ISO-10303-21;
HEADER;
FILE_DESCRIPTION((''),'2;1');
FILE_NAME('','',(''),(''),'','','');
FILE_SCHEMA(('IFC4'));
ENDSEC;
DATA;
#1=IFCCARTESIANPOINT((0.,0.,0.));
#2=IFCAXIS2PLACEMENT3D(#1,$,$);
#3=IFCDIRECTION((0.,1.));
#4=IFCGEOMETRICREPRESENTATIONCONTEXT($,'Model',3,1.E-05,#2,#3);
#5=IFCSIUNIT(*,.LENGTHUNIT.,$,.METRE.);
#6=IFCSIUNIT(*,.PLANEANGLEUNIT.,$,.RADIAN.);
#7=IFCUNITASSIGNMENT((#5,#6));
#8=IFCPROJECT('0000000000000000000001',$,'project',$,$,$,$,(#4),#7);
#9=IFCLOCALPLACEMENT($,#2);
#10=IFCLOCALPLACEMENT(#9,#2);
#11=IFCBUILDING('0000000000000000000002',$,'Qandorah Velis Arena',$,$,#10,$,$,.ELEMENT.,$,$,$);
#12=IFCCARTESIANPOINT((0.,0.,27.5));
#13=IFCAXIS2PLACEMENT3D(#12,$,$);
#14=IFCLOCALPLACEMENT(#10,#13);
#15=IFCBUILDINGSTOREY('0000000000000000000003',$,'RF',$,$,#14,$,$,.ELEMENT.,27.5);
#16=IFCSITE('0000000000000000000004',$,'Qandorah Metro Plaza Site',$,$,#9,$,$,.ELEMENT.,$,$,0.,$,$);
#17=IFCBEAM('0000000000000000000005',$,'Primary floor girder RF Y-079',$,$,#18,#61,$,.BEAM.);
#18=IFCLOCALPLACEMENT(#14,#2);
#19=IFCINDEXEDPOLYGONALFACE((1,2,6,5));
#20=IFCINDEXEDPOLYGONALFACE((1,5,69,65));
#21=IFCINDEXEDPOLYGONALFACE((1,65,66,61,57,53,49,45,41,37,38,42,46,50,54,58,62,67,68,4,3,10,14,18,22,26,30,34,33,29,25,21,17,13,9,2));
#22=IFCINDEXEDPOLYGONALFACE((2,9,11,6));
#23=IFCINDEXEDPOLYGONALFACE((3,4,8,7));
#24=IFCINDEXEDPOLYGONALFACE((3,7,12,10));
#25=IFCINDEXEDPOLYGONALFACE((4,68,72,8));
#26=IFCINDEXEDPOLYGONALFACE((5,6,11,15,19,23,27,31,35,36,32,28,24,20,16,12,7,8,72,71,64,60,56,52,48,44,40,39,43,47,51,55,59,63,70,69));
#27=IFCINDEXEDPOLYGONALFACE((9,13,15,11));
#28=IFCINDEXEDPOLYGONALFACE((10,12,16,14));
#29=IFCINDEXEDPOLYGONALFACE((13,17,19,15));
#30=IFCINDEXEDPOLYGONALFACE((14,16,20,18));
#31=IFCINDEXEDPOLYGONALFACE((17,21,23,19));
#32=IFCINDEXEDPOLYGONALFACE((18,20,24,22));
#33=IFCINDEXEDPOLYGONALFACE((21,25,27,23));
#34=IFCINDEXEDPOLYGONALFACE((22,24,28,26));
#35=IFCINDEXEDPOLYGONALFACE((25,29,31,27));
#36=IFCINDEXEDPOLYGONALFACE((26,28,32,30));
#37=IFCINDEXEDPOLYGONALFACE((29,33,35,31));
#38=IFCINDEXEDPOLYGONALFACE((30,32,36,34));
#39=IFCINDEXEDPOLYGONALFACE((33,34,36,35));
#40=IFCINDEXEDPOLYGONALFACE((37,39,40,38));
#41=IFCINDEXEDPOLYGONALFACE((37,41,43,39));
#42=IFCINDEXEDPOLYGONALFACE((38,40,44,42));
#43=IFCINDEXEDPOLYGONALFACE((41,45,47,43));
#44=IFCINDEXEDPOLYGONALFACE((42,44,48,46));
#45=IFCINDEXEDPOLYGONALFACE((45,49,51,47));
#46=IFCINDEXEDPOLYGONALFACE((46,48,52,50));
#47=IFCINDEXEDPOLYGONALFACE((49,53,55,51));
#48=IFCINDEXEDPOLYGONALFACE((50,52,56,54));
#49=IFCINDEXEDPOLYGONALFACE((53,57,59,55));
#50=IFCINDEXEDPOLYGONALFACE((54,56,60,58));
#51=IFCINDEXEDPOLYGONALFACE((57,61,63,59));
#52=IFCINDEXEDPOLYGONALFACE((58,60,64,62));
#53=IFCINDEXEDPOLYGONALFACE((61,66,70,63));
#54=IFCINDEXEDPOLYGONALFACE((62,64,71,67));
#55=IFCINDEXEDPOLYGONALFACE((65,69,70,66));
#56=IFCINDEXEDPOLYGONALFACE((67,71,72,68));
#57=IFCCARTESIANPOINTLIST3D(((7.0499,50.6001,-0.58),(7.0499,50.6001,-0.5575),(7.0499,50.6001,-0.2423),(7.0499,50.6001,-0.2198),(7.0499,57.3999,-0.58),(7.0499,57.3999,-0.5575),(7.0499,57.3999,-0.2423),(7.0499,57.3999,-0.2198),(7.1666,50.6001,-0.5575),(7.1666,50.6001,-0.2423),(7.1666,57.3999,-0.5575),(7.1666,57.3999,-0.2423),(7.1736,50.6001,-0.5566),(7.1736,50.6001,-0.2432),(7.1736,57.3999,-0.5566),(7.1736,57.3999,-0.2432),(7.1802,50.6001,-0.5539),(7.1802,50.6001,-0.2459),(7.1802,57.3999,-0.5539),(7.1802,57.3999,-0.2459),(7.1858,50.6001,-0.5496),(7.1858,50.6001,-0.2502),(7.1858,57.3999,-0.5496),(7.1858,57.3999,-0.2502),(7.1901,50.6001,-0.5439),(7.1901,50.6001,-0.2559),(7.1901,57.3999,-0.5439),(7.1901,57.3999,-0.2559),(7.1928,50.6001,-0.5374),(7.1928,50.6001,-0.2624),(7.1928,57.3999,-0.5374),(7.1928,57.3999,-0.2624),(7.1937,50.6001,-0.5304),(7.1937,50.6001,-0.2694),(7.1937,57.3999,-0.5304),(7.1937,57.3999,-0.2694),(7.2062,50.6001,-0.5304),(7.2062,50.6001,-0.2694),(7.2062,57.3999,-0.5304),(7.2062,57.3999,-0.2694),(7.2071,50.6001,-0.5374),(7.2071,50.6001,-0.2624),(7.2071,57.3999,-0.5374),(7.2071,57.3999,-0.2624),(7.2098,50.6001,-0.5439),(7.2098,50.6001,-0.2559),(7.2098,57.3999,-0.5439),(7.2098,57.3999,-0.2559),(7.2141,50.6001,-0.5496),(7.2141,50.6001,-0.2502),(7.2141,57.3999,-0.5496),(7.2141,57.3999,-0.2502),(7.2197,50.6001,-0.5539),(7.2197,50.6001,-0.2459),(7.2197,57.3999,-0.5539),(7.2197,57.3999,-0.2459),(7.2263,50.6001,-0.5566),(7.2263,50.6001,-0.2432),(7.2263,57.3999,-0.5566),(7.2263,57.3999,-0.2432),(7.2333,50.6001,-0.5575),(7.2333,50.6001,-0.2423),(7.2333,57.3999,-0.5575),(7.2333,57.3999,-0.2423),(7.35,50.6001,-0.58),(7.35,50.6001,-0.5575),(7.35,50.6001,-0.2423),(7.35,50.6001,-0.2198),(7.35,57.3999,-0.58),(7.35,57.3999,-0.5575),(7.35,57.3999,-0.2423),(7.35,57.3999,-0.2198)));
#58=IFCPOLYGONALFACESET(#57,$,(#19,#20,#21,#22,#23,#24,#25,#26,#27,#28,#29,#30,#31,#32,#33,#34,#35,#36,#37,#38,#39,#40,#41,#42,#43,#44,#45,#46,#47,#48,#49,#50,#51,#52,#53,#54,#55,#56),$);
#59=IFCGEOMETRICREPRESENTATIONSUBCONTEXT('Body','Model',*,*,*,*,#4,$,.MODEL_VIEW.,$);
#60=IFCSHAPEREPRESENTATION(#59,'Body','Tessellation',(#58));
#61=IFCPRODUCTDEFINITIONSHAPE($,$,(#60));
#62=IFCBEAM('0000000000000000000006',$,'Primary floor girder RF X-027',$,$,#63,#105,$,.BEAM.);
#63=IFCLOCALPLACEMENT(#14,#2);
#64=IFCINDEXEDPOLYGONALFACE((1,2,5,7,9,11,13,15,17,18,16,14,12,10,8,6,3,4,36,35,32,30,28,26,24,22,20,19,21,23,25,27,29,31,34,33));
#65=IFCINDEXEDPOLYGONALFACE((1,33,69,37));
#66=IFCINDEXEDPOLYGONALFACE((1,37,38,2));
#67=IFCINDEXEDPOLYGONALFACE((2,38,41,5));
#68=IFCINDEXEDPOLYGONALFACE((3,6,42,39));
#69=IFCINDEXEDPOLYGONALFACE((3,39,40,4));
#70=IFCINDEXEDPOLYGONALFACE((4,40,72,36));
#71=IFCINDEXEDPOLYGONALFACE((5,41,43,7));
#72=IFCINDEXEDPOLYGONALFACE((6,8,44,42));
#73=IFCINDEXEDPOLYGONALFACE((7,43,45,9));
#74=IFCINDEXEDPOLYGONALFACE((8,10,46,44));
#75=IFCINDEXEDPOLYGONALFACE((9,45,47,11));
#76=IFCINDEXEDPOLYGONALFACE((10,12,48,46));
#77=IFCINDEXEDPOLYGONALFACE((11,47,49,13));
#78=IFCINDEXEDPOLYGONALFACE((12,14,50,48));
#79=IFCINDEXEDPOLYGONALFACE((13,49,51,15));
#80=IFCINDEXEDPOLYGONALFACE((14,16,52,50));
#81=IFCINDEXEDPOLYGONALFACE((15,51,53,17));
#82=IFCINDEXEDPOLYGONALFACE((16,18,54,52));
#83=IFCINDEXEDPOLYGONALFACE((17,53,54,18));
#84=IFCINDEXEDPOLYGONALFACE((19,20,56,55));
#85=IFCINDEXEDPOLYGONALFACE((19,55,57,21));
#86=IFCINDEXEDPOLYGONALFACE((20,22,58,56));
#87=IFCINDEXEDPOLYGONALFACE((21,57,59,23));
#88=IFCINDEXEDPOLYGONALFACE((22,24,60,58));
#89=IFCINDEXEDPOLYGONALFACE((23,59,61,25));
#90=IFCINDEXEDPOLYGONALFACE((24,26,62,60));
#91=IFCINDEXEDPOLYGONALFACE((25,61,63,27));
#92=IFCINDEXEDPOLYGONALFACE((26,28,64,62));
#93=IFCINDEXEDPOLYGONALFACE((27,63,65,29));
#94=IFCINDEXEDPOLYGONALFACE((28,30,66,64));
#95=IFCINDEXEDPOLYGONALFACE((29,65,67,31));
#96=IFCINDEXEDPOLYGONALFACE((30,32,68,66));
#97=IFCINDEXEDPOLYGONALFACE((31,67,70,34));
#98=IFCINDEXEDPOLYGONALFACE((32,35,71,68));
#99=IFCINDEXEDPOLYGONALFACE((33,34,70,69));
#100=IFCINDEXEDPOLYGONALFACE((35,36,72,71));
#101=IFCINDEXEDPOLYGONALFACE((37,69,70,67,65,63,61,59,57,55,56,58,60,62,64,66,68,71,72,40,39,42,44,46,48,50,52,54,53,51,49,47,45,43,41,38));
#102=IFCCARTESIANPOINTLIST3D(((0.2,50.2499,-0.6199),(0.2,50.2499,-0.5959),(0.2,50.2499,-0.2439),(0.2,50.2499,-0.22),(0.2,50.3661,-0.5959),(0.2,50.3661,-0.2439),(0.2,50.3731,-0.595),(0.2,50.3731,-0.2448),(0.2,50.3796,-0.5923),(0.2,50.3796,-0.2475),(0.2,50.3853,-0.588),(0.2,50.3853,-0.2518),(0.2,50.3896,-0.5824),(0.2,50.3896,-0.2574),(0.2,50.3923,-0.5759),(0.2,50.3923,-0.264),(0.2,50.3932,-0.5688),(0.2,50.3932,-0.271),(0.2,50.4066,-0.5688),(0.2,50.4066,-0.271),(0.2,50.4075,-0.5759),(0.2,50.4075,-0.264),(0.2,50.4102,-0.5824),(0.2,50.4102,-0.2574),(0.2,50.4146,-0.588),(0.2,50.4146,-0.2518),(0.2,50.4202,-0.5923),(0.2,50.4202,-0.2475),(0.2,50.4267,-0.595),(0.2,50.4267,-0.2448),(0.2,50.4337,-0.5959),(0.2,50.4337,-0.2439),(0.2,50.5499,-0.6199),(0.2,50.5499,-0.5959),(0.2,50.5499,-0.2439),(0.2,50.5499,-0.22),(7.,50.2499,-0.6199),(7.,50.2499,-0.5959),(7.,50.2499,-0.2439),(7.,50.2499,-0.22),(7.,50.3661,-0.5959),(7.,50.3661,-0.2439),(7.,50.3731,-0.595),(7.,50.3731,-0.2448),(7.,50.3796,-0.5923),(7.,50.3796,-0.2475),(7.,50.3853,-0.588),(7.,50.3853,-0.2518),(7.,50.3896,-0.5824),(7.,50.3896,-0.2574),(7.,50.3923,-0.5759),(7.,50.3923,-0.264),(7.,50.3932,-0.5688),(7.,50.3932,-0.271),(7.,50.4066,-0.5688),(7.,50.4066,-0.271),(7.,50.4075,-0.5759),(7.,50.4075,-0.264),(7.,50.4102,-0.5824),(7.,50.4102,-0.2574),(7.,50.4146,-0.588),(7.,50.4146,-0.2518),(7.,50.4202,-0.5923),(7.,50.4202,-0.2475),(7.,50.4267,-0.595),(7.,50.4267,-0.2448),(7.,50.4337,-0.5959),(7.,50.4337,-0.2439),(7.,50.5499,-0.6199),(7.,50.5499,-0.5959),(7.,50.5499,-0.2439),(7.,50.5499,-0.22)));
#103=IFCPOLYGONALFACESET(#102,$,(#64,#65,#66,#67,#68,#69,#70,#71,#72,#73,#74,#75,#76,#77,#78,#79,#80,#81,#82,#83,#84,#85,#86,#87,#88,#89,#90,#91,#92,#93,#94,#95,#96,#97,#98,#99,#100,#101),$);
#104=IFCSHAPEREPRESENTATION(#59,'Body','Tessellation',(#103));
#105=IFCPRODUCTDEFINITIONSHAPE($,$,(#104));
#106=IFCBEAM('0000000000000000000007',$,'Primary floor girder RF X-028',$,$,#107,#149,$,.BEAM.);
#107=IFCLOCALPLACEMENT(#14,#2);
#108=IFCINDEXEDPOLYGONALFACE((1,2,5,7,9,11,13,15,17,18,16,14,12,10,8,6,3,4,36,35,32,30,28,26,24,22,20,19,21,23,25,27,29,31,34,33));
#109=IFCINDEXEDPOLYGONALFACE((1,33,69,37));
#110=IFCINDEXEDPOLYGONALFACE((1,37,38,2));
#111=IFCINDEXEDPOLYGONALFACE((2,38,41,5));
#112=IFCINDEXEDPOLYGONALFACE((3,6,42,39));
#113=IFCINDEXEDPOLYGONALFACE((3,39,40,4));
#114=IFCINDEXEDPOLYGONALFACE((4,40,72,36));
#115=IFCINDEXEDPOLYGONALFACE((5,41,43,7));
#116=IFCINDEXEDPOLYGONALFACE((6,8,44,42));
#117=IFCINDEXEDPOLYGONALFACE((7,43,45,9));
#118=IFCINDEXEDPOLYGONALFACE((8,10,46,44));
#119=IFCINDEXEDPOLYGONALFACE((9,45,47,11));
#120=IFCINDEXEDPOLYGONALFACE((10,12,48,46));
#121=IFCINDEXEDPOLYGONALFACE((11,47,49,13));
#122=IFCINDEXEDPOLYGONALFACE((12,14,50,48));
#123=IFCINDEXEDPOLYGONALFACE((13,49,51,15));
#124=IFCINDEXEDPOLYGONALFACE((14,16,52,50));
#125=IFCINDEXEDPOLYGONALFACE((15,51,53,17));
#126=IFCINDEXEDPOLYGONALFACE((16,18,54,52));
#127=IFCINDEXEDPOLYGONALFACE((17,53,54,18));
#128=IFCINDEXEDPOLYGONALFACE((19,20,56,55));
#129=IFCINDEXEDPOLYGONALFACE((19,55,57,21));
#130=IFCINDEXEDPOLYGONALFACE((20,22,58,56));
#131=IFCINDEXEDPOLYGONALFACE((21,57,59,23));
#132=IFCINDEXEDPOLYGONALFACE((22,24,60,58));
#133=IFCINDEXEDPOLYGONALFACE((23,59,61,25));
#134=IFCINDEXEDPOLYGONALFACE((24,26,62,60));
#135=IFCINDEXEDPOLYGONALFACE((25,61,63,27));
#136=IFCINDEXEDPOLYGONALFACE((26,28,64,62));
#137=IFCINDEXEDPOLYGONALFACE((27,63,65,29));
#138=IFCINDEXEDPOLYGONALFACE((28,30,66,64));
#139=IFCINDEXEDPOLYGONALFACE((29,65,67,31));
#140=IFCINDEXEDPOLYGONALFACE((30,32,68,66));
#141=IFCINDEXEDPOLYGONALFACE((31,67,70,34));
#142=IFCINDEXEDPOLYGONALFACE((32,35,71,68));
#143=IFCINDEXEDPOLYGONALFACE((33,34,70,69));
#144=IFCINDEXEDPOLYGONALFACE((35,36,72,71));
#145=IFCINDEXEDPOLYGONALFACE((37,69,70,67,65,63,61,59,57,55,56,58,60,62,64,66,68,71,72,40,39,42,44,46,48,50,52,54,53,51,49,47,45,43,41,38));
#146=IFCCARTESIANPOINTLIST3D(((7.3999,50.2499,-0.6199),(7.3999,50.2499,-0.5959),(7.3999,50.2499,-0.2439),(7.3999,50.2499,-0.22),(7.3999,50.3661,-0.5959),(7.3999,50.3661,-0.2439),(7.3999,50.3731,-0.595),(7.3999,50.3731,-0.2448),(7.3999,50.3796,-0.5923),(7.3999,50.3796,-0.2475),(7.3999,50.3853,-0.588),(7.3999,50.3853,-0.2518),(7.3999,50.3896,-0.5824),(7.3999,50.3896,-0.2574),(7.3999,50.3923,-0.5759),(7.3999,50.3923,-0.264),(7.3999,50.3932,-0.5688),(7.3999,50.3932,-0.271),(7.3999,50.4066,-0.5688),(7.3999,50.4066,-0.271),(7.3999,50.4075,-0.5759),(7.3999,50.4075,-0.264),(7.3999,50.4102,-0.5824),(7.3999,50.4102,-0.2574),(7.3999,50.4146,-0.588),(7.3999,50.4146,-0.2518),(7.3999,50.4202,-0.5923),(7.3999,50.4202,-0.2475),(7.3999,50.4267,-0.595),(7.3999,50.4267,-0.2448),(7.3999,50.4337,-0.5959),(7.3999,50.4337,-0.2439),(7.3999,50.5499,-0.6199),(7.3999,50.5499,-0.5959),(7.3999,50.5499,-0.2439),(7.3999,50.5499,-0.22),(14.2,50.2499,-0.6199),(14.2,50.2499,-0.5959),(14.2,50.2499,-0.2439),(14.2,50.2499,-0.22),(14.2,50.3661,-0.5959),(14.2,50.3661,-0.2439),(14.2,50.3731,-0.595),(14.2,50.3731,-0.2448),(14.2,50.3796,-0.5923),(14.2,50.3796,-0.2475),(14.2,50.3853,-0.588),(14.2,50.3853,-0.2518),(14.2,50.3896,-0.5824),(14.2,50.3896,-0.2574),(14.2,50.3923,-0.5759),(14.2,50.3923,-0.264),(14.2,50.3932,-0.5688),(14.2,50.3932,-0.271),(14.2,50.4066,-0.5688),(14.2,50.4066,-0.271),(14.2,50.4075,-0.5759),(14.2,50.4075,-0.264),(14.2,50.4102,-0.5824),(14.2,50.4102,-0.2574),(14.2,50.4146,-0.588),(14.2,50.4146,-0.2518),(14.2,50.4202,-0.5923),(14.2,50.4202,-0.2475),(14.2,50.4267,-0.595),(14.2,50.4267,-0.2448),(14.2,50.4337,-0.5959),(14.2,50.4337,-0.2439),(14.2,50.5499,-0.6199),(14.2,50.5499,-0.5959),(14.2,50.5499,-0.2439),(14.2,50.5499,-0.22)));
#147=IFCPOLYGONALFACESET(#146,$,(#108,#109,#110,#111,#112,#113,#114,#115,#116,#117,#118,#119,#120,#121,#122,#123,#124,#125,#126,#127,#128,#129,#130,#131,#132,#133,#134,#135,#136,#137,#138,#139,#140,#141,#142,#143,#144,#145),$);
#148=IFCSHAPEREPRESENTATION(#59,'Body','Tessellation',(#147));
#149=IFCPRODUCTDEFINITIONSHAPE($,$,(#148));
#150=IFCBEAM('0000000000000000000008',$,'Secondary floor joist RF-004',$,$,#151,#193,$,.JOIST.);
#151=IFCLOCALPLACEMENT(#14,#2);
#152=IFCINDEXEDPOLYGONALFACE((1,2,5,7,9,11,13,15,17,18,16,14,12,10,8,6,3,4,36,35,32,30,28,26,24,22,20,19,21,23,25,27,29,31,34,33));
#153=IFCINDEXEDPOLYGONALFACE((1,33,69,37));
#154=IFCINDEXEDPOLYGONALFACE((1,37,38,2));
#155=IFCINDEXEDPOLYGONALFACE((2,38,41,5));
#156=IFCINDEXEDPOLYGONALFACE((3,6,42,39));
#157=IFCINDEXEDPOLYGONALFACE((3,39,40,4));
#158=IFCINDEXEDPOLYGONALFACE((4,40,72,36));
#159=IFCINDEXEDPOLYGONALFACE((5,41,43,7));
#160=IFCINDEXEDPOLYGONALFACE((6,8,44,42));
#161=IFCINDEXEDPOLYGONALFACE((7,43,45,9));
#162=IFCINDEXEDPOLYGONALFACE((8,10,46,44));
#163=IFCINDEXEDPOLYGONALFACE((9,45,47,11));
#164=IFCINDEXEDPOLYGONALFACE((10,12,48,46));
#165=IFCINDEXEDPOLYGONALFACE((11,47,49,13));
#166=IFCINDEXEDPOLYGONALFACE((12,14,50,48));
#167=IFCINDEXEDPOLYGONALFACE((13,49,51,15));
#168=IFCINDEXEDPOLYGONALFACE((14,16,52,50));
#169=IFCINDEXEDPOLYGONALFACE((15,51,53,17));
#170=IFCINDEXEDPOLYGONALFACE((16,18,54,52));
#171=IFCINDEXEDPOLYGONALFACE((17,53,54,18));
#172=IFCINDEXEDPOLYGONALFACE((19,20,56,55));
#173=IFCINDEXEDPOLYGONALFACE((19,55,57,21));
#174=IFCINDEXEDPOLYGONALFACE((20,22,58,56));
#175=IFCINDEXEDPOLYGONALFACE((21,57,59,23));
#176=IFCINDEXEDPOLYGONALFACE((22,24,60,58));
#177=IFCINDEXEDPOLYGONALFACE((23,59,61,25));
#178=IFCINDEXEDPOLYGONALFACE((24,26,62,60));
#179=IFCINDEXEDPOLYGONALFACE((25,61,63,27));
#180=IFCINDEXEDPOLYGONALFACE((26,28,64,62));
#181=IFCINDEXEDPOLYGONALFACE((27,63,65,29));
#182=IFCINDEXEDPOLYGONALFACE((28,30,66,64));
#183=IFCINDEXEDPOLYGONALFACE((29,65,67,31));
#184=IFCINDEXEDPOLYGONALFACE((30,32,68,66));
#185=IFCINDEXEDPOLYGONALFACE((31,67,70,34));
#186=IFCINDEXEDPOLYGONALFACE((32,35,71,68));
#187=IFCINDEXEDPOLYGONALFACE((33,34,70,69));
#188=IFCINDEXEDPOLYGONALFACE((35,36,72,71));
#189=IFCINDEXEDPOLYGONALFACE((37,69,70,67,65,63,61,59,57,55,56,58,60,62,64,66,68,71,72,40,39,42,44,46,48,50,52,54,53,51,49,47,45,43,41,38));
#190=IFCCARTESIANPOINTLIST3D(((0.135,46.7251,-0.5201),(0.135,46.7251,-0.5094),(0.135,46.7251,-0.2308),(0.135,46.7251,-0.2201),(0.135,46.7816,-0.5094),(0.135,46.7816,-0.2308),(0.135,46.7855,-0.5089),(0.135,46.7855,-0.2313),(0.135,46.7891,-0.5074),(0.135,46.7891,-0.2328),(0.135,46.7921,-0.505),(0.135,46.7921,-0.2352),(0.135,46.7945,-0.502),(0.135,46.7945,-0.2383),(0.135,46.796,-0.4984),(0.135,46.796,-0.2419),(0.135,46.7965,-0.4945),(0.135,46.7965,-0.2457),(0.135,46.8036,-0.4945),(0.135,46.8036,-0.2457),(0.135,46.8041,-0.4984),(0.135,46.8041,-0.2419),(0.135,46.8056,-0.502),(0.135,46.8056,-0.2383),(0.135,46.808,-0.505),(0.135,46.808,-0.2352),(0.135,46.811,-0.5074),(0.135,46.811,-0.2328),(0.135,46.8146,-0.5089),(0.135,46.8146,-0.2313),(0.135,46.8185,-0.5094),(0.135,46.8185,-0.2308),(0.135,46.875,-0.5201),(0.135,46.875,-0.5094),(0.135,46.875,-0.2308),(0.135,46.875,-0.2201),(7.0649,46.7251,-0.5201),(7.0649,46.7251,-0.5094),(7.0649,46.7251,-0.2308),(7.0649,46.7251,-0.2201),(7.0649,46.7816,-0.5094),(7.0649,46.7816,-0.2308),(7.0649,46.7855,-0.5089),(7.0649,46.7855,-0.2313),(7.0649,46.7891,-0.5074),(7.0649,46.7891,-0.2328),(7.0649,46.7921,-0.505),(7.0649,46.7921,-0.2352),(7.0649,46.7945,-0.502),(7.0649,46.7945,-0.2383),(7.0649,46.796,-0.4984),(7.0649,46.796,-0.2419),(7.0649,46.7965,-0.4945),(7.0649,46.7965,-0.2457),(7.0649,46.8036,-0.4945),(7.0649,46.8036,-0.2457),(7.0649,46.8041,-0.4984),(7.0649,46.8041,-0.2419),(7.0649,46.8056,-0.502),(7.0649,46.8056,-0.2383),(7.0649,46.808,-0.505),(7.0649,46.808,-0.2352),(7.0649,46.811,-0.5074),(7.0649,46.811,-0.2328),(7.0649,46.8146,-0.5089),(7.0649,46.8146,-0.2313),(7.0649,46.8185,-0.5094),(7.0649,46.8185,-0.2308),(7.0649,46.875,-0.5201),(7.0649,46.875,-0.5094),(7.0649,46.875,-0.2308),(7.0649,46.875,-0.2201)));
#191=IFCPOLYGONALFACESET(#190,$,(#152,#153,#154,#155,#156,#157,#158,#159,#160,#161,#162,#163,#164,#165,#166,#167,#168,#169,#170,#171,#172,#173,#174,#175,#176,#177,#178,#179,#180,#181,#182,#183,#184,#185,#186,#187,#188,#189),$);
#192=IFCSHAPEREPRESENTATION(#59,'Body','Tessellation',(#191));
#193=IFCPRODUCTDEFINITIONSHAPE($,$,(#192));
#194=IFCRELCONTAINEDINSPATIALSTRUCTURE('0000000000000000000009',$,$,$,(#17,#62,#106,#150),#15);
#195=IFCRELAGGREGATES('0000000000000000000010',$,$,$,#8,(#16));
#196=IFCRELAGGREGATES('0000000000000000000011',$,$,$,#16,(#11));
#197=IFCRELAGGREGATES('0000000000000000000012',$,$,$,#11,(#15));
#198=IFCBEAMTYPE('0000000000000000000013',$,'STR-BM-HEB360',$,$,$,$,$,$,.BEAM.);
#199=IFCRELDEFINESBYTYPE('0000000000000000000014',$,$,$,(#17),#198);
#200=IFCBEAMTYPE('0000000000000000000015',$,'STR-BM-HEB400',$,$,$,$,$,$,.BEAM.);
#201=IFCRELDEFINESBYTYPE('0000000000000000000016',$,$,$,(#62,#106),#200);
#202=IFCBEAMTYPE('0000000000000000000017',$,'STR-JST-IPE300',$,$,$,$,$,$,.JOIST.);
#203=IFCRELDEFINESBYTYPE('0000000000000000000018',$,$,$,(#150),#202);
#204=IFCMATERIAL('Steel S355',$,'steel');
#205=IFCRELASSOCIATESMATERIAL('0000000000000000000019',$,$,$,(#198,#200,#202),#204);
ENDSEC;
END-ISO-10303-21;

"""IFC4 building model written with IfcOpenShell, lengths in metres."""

from ifc_helpers import new_model, si_unit, direction, frame, origin, origin_2d, place, context, subcontext, project, spatial, i_section, extrude, material, material_profile, profile_set, type_object, element, save


model = new_model("IFC4")

# Units and contexts
model_context = context("Model", 3, precision=1e-05, world=origin(), true_north=direction((0.0, 1.0)))
body_context = subcontext(model_context, "Body", "Model", "MODEL_VIEW")
ifc_project = project(units=[si_unit("LENGTHUNIT", "METRE"), si_unit("PLANEANGLEUNIT", "RADIAN")], contexts=[model_context])

# Site, building, storey
site_placement = place(None, origin())
site = spatial("IfcSite", under=ifc_project, at=site_placement, Name="Qandorah Metro Plaza Site", CompositionType="ELEMENT", RefElevation=0.0)
building_placement = place(site_placement, origin())
building = spatial("IfcBuilding", under=site, at=building_placement, Name="Qandorah Velis Arena", CompositionType="ELEMENT")
storey_placement = place(building_placement, frame((0.0, 0.0, 27.5)))
storey = spatial("IfcBuildingStorey", under=building, at=storey_placement, Name="RF", CompositionType="ELEMENT", Elevation=27.5)

# Beams
ifc_material_1 = material(Name="Steel S355", Category="steel")
ifc_material_profile_1 = material_profile(ifc_material_1, i_section(OverallWidth=0.3, OverallDepth=0.3601, WebThickness=0.0125, FlangeThickness=0.0225, FilletRadius=0.0271, at=origin_2d()), Name="HEB 360")
ifc_profile_set_1 = profile_set([ifc_material_profile_1], Name="Steel S355")
beam_type_1 = type_object("IfcBeamType", Name="STR-BM-HEB360", PredefinedType="BEAM", material=ifc_profile_set_1)
for number, where, z_axis, x_axis, name in (
    (1, (7.2, 50.6001, -0.3999), (0.0, 1.0, 0.0), (-1.0, 0.0, 0.0), "Primary floor girder RF Y-079"),
):
    element("IfcBeam", number, at=place(storey_placement, frame(where, z_axis=z_axis, x_axis=x_axis)), inside=storey, type_object=beam_type_1, Name=name, PredefinedType="BEAM", context=body_context, shape_type="SweptSolid", body=[
        extrude(i_section(OverallWidth=0.3, OverallDepth=0.3601, WebThickness=0.0125, FlangeThickness=0.0225, FilletRadius=0.0271, at=origin_2d()), origin(), (0.0, 0.0, 1.0), 6.7998),
    ])
ifc_material_profile_2 = material_profile(ifc_material_1, i_section(OverallWidth=0.3, OverallDepth=0.3999, WebThickness=0.0134, FlangeThickness=0.0239, FilletRadius=0.0271, at=origin_2d()), Name="HEB 400")
ifc_profile_set_2 = profile_set([ifc_material_profile_2], Name="Steel S355")
beam_type_2 = type_object("IfcBeamType", Name="STR-BM-HEB400", PredefinedType="BEAM", material=ifc_profile_set_2)
for number, where, z_axis, x_axis, name in (
    (2, (0.2, 50.3999, -0.4199), (1.0, 0.0, 0.0), (0.0, 1.0, 0.0), "Primary floor girder RF X-027"),
    (3, (7.3999, 50.3999, -0.4199), (1.0, 0.0, 0.0), (0.0, 1.0, 0.0), "Primary floor girder RF X-028"),
):
    element("IfcBeam", number, at=place(storey_placement, frame(where, z_axis=z_axis, x_axis=x_axis)), inside=storey, type_object=beam_type_2, Name=name, PredefinedType="BEAM", context=body_context, shape_type="SweptSolid", body=[
        extrude(i_section(OverallWidth=0.3, OverallDepth=0.3999, WebThickness=0.0134, FlangeThickness=0.0239, FilletRadius=0.0271, at=origin_2d()), origin(), (0.0, 0.0, 1.0), 6.8),
    ])
ifc_material_profile_3 = material_profile(ifc_material_1, i_section(OverallWidth=0.1499, OverallDepth=0.3, WebThickness=0.0071, FlangeThickness=0.0107, FilletRadius=0.0149, at=origin_2d()), Name="IPE 300")
ifc_profile_set_3 = profile_set([ifc_material_profile_3], Name="Steel S355")
beam_type_3 = type_object("IfcBeamType", Name="STR-JST-IPE300", PredefinedType="JOIST", material=ifc_profile_set_3)
beam_placement = place(storey_placement, frame((0.135, 46.8, -0.3701), z_axis=(1.0, 0.0, 0.0), x_axis=(0.0, 1.0, 0.0)))
element("IfcBeam", 4, at=beam_placement, inside=storey, type_object=beam_type_3, Name="Secondary floor joist RF-004", PredefinedType="JOIST", context=body_context, shape_type="SweptSolid", body=[
    extrude(i_section(OverallWidth=0.1499, OverallDepth=0.3, WebThickness=0.0071, FlangeThickness=0.0107, FilletRadius=0.0149, at=origin_2d()), origin(), (0.0, 0.0, 1.0), 6.9299),
])

save(model, "model.ifc")
